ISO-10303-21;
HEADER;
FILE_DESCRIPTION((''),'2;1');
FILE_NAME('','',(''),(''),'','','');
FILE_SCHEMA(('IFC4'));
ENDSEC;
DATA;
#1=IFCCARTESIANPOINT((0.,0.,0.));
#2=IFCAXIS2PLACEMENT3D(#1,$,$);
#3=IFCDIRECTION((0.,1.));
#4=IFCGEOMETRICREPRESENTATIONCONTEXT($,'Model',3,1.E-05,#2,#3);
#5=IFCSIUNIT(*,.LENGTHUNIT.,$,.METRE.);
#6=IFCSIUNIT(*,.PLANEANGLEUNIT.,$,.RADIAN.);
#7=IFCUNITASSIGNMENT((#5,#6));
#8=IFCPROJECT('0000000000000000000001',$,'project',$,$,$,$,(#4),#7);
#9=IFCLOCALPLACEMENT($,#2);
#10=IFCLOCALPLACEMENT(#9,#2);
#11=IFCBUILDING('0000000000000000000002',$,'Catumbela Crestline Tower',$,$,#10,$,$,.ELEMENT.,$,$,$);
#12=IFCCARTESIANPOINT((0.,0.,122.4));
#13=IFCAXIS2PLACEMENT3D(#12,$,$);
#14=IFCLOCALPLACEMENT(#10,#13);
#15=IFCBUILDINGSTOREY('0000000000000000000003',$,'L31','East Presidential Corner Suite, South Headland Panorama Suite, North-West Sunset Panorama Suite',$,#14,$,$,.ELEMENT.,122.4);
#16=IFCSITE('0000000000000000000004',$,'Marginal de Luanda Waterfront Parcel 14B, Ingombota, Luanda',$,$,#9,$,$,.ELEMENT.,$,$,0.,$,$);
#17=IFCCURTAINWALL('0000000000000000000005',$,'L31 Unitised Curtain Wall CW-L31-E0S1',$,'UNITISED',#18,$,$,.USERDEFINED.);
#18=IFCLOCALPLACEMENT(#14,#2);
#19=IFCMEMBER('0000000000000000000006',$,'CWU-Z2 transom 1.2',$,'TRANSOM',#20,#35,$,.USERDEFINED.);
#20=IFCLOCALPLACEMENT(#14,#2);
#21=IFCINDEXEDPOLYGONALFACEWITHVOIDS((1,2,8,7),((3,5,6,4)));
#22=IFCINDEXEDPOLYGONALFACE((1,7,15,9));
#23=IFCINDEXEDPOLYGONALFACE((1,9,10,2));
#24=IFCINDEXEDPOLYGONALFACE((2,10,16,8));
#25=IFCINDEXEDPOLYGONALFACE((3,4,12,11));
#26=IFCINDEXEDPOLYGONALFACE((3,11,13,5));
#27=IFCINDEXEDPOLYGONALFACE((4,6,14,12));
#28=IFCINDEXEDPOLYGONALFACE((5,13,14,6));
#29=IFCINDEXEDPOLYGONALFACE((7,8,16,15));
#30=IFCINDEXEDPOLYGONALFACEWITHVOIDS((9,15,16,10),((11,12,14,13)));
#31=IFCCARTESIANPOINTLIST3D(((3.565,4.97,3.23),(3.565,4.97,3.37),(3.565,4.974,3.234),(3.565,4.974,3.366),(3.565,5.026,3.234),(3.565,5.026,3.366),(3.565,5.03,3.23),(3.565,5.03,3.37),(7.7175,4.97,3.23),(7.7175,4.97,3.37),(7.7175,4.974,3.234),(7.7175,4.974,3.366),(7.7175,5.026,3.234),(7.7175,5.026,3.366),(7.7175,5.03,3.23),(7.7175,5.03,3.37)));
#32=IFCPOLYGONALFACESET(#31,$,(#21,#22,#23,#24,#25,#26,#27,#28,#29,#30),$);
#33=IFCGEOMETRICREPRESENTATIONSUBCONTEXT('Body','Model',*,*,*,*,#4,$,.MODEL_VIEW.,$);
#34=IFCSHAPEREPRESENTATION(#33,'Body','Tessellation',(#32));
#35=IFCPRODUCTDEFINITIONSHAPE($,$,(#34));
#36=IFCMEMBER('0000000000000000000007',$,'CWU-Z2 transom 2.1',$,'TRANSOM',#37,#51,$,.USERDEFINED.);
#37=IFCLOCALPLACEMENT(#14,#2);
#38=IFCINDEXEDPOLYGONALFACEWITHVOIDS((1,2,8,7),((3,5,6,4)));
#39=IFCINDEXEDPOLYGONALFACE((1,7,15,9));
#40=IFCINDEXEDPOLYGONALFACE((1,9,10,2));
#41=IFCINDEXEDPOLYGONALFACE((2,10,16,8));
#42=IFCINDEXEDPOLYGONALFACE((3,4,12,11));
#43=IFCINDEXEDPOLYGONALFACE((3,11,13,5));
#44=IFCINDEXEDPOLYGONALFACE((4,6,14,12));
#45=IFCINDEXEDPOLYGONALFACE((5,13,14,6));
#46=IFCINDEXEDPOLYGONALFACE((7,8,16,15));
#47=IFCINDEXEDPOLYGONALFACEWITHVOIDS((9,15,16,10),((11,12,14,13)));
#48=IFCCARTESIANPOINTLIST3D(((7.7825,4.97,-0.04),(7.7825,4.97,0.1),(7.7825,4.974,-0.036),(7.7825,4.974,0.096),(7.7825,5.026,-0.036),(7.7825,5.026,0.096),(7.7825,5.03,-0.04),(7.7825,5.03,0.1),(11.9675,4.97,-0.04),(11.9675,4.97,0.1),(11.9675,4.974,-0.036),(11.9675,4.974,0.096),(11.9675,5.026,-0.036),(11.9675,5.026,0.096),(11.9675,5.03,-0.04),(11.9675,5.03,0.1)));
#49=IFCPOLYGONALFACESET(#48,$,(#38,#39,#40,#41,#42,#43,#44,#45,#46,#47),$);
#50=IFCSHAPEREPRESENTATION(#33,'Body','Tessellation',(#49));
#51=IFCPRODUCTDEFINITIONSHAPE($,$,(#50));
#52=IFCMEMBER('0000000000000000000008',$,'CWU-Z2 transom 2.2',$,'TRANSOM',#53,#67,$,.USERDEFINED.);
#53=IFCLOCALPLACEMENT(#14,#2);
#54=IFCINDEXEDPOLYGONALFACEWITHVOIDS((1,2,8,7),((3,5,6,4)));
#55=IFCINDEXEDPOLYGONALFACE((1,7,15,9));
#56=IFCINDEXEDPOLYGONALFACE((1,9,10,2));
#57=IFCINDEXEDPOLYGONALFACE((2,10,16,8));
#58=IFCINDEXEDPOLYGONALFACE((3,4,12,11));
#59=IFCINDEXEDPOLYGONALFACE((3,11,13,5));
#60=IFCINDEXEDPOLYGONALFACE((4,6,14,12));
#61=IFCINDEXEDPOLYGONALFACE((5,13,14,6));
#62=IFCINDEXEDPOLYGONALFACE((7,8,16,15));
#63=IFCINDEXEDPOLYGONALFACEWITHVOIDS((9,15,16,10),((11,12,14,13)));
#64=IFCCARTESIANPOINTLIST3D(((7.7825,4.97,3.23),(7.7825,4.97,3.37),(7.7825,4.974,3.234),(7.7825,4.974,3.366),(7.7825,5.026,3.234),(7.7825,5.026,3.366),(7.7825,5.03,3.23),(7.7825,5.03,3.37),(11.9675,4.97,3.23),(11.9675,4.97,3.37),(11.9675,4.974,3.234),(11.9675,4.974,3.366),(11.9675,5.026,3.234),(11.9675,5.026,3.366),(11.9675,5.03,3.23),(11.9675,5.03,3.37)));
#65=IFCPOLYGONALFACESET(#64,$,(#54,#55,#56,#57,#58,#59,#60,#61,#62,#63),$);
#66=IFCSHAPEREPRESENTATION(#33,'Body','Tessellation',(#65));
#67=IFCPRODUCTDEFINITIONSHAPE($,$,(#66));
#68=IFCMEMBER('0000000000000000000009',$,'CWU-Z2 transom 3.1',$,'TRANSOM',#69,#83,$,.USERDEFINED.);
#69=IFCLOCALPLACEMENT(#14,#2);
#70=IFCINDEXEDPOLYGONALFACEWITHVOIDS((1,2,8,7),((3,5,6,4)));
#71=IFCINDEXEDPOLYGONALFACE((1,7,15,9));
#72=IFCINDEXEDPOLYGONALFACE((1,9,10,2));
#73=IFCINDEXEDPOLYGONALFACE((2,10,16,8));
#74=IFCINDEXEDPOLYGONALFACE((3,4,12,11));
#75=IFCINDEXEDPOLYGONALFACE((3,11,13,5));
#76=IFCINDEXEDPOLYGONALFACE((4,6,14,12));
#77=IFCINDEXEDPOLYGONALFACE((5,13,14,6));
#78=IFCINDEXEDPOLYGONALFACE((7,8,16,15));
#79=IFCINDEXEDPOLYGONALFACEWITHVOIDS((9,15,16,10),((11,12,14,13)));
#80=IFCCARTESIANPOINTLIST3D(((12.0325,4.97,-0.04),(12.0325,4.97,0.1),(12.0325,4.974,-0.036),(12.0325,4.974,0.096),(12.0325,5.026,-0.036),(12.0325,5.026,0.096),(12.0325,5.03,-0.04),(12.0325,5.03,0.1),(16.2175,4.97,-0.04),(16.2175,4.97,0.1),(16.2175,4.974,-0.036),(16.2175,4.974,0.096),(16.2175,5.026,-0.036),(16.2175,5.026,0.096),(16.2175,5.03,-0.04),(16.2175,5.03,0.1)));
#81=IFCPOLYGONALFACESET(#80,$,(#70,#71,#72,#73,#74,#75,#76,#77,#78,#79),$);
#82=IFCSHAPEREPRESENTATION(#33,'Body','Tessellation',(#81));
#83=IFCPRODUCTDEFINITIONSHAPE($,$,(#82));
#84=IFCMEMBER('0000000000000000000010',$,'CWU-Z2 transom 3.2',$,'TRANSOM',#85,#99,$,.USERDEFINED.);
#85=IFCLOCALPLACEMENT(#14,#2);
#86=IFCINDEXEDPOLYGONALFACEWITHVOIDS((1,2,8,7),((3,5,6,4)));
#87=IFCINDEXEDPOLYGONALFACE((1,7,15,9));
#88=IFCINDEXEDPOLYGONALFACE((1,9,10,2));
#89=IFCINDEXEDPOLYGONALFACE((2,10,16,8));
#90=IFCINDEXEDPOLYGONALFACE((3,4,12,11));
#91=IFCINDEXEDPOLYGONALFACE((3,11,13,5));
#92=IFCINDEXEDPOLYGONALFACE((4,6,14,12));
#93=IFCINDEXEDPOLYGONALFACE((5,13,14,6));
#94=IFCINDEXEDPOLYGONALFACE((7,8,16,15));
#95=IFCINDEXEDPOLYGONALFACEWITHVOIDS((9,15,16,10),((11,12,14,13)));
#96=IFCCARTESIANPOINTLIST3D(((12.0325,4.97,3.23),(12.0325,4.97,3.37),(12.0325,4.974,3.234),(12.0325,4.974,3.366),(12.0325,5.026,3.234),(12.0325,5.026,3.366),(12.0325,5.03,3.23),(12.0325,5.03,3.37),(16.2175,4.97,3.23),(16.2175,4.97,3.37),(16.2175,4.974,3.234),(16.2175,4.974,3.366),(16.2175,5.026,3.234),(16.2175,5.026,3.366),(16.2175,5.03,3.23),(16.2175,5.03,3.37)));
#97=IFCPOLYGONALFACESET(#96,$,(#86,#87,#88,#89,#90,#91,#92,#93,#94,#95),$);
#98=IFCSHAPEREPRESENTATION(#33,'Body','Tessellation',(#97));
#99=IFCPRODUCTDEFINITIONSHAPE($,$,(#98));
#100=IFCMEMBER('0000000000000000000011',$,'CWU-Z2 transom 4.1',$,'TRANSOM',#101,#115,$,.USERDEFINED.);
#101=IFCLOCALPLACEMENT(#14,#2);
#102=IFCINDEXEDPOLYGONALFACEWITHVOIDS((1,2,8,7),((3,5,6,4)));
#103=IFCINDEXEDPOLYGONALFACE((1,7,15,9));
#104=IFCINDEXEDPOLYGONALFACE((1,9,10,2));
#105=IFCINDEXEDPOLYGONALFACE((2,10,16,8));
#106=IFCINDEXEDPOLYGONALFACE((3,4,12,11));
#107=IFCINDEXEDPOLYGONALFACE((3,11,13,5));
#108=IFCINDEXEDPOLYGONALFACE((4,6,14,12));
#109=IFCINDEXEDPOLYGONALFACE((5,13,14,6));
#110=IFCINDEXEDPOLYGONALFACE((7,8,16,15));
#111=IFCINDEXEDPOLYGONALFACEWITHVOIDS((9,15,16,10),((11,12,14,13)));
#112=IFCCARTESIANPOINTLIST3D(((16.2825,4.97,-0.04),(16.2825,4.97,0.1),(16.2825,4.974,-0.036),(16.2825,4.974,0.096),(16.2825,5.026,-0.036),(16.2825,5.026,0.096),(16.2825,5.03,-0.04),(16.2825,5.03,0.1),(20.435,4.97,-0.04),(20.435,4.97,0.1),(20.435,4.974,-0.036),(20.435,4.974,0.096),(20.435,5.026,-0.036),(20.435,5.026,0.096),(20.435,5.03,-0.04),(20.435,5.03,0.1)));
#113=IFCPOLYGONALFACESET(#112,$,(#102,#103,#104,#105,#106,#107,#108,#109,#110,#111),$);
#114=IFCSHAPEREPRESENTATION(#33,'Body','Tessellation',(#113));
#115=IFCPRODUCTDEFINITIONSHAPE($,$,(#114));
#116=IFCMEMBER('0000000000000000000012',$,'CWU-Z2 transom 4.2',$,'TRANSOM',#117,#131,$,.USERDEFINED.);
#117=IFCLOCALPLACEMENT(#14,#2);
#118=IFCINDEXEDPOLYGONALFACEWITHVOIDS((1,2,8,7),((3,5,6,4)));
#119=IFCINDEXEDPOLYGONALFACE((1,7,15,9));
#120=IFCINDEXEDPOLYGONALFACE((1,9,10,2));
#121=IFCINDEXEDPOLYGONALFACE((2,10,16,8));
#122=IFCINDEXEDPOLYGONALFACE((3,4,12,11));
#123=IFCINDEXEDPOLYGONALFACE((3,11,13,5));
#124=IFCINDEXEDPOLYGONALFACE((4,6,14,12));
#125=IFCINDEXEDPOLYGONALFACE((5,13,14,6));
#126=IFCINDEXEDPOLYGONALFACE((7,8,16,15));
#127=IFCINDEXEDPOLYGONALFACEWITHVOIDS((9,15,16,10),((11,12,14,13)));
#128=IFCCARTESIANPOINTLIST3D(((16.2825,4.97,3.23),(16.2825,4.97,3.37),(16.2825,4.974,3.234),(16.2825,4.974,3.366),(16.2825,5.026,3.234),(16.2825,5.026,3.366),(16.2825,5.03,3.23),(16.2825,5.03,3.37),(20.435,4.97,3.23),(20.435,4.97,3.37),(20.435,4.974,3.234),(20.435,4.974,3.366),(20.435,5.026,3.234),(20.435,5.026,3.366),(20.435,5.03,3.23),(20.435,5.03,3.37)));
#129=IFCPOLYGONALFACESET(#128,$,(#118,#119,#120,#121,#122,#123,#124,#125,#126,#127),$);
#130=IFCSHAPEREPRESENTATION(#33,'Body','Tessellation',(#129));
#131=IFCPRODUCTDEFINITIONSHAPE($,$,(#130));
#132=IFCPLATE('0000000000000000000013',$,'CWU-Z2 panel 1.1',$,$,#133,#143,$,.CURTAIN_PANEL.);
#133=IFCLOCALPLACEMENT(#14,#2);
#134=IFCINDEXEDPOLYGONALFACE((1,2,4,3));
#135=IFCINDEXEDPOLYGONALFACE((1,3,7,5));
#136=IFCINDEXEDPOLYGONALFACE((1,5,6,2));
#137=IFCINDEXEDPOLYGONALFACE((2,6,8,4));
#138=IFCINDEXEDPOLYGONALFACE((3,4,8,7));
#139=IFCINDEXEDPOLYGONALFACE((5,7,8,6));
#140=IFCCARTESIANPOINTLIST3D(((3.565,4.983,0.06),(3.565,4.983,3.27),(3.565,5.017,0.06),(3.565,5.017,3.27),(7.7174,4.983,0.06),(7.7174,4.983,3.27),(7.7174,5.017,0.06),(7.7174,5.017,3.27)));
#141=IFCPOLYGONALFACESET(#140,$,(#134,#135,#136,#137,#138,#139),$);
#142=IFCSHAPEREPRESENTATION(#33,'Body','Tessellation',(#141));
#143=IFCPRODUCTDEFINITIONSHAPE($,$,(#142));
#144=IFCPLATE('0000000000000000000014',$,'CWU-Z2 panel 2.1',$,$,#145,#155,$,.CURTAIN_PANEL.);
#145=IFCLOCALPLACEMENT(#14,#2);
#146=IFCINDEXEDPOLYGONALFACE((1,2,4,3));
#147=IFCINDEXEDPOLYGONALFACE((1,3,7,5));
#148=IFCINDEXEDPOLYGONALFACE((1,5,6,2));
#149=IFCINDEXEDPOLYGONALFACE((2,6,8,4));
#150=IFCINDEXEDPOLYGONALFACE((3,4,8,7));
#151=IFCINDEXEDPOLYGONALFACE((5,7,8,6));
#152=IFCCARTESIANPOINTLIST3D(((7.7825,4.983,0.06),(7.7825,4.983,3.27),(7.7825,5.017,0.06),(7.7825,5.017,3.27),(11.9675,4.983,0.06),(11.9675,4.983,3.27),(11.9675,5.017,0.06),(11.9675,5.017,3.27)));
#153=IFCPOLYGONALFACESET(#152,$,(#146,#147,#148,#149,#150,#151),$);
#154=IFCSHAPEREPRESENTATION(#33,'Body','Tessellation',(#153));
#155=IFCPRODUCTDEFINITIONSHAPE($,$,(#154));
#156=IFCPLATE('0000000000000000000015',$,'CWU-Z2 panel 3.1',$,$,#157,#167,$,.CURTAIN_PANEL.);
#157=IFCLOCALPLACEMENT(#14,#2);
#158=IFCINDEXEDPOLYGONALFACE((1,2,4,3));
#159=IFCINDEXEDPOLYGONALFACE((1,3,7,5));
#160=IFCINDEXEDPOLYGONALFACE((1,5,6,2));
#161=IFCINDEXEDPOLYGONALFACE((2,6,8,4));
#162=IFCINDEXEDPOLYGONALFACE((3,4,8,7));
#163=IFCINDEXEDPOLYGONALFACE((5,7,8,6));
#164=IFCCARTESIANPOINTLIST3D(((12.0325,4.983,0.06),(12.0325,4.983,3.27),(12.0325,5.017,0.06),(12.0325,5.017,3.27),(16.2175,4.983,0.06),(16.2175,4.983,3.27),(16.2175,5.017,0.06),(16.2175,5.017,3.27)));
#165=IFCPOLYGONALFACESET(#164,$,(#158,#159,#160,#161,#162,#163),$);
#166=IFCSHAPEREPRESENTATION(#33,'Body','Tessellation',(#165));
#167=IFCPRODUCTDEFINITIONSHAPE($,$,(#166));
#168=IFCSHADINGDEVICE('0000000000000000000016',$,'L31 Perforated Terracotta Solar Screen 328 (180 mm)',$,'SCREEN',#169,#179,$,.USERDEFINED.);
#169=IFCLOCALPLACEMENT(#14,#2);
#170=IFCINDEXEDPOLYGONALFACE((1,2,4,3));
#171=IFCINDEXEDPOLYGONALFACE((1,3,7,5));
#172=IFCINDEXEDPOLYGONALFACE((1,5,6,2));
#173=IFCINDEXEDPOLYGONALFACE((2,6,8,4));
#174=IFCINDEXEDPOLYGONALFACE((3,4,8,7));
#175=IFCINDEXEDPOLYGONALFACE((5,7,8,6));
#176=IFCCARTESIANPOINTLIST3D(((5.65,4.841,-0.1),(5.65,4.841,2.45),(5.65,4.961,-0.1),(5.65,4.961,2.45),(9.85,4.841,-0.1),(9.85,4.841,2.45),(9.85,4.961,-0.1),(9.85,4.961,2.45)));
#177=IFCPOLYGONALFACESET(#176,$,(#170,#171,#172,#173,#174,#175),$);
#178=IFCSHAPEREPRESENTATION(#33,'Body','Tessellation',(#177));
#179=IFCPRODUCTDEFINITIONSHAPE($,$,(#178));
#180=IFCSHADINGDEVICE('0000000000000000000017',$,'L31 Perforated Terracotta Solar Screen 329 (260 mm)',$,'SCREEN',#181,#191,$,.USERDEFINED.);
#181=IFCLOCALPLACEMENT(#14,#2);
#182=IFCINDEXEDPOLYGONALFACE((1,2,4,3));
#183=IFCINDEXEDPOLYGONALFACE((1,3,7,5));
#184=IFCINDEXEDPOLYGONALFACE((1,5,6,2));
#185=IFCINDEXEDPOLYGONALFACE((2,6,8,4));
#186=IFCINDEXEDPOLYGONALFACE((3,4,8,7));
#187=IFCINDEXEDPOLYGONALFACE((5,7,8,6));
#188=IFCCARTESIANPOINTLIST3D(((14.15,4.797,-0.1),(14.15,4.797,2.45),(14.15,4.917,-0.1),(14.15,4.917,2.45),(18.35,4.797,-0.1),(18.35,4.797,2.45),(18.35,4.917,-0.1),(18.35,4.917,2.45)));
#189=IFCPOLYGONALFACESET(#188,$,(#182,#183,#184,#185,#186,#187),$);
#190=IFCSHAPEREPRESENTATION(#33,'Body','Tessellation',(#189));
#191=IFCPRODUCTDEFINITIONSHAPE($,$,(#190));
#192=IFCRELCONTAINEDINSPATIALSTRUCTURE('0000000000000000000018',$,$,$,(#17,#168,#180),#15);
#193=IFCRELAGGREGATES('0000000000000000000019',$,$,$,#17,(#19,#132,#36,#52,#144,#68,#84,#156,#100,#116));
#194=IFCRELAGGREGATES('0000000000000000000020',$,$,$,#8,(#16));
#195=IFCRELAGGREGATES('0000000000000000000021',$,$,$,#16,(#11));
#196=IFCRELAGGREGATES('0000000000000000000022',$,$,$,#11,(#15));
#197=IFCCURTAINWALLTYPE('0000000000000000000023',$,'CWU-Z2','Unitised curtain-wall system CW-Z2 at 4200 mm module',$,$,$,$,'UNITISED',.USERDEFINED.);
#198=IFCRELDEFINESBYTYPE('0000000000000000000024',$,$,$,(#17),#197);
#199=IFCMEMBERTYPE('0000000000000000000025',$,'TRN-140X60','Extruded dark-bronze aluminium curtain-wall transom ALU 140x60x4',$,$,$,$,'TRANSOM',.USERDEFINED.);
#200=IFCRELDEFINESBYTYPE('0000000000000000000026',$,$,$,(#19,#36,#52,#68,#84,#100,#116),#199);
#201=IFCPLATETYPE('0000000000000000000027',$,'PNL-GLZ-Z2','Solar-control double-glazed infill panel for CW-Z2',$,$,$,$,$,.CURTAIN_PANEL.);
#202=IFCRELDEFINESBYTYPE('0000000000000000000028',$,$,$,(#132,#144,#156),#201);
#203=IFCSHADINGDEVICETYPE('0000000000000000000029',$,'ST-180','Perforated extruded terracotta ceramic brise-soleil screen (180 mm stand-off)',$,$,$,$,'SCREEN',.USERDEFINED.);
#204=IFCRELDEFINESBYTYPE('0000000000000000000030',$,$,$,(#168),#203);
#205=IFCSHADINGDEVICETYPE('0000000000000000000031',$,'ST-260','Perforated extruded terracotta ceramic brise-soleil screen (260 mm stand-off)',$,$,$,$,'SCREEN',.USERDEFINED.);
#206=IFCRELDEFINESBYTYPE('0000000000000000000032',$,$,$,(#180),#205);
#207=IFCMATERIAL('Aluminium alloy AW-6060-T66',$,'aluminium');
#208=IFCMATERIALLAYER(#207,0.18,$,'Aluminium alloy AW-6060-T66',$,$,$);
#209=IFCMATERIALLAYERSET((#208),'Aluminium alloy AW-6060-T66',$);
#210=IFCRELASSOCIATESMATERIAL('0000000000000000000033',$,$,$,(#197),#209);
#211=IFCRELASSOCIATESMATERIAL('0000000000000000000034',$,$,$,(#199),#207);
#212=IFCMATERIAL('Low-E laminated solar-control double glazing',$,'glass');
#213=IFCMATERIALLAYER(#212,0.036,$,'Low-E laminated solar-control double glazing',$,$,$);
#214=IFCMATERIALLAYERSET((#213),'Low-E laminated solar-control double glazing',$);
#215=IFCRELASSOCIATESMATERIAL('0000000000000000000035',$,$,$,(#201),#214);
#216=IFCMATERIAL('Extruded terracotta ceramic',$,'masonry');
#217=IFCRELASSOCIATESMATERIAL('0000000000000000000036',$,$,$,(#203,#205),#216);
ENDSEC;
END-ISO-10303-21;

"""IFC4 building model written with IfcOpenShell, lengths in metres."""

from ifc_helpers import new_model, si_unit, direction, frame, origin, origin_2d, place, context, subcontext, project, spatial, rectangle, hollow_rectangle, extrude, material, layer, layer_set, material_profile, profile_set, type_object, element, aggregate, save


model = new_model("IFC4")

# Units and contexts
model_context = context("Model", 3, precision=1e-05, world=origin(), true_north=direction((0.0, 1.0)))
body_context = subcontext(model_context, "Body", "Model", "MODEL_VIEW")
ifc_project = project(units=[si_unit("LENGTHUNIT", "METRE"), si_unit("PLANEANGLEUNIT", "RADIAN")], contexts=[model_context])

# Site, building, storey
site_placement = place(None, origin())
site = spatial("IfcSite", under=ifc_project, at=site_placement, Name="Marginal de Luanda Waterfront Parcel 14B, Ingombota, Luanda", CompositionType="ELEMENT", RefElevation=0.0)
building_placement = place(site_placement, origin())
building = spatial("IfcBuilding", under=site, at=building_placement, Name="Catumbela Crestline Tower", CompositionType="ELEMENT")
storey_placement = place(building_placement, frame((0.0, 0.0, 122.4)))
storey = spatial("IfcBuildingStorey", under=building, at=storey_placement, Name="L31", Description="East Presidential Corner Suite, South Headland Panorama Suite, North-West Sunset Panorama Suite", CompositionType="ELEMENT", Elevation=122.4)

# Curtain wall, members, plates
ifc_material_1 = material(Name="Aluminium alloy AW-6060-T66", Category="aluminium")
ifc_layer_1 = layer(ifc_material_1, 0.18, Name="Aluminium alloy AW-6060-T66")
ifc_layer_set_1 = layer_set([ifc_layer_1], Name="Aluminium alloy AW-6060-T66")
curtain_wall_type = type_object("IfcCurtainWallType", Name="CWU-Z2", Description="Unitised curtain-wall system CW-Z2 at 4200 mm module", ElementType="UNITISED", PredefinedType="USERDEFINED", material=ifc_layer_set_1)
curtain_wall_placement = place(storey_placement, origin())
curtain_wall = element("IfcCurtainWall", 1, at=curtain_wall_placement, inside=storey, type_object=curtain_wall_type, Name="L31 Unitised Curtain Wall CW-L31-E0S1", ObjectType="UNITISED", PredefinedType="USERDEFINED")
ifc_material_profile_1 = material_profile(ifc_material_1, hollow_rectangle(XDim=0.06, YDim=0.14, WallThickness=0.004, at=origin_2d()), Name="ALU 140x60x4")
ifc_profile_set_1 = profile_set([ifc_material_profile_1], Name="Aluminium alloy AW-6060-T66")
member_type_1 = type_object("IfcMemberType", Name="TRN-140X60", Description="Extruded dark-bronze aluminium curtain-wall transom ALU 140x60x4", ElementType="TRANSOM", PredefinedType="USERDEFINED", material=ifc_profile_set_1)
member_1_placement = place(storey_placement, frame((3.565, 5.0, 3.3), z_axis=(1.0, 0.0, 0.0), x_axis=(0.0, 1.0, 0.0)))
member_1 = element("IfcMember", 2, at=member_1_placement, type_object=member_type_1, Name="CWU-Z2 transom 1.2", ObjectType="TRANSOM", PredefinedType="USERDEFINED", context=body_context, shape_type="SweptSolid", body=[
    extrude(hollow_rectangle(XDim=0.06, YDim=0.14, WallThickness=0.004, at=origin_2d()), origin(), (0.0, 0.0, 1.0), 4.1525),
])
member_2_placement = place(storey_placement, frame((7.7825, 5.0, 0.03), z_axis=(1.0, 0.0, 0.0), x_axis=(0.0, 1.0, 0.0)))
member_2 = element("IfcMember", 3, at=member_2_placement, type_object=member_type_1, Name="CWU-Z2 transom 2.1", ObjectType="TRANSOM", PredefinedType="USERDEFINED", context=body_context, shape_type="SweptSolid", body=[
    extrude(hollow_rectangle(XDim=0.06, YDim=0.14, WallThickness=0.004, at=origin_2d()), origin(), (0.0, 0.0, 1.0), 4.185),
])
member_3_placement = place(storey_placement, frame((7.7825, 5.0, 3.3), z_axis=(1.0, 0.0, 0.0), x_axis=(0.0, 1.0, 0.0)))
member_3 = element("IfcMember", 4, at=member_3_placement, type_object=member_type_1, Name="CWU-Z2 transom 2.2", ObjectType="TRANSOM", PredefinedType="USERDEFINED", context=body_context, shape_type="SweptSolid", body=[
    extrude(hollow_rectangle(XDim=0.06, YDim=0.14, WallThickness=0.004, at=origin_2d()), origin(), (0.0, 0.0, 1.0), 4.185),
])
member_4_placement = place(storey_placement, frame((12.0325, 5.0, 0.03), z_axis=(1.0, 0.0, 0.0), x_axis=(0.0, 1.0, 0.0)))
member_4 = element("IfcMember", 5, at=member_4_placement, type_object=member_type_1, Name="CWU-Z2 transom 3.1", ObjectType="TRANSOM", PredefinedType="USERDEFINED", context=body_context, shape_type="SweptSolid", body=[
    extrude(hollow_rectangle(XDim=0.06, YDim=0.14, WallThickness=0.004, at=origin_2d()), origin(), (0.0, 0.0, 1.0), 4.185),
])
member_5_placement = place(storey_placement, frame((12.0325, 5.0, 3.3), z_axis=(1.0, 0.0, 0.0), x_axis=(0.0, 1.0, 0.0)))
member_5 = element("IfcMember", 6, at=member_5_placement, type_object=member_type_1, Name="CWU-Z2 transom 3.2", ObjectType="TRANSOM", PredefinedType="USERDEFINED", context=body_context, shape_type="SweptSolid", body=[
    extrude(hollow_rectangle(XDim=0.06, YDim=0.14, WallThickness=0.004, at=origin_2d()), origin(), (0.0, 0.0, 1.0), 4.185),
])
member_6_placement = place(storey_placement, frame((16.2825, 5.0, 0.03), z_axis=(1.0, 0.0, 0.0), x_axis=(0.0, 1.0, 0.0)))
member_6 = element("IfcMember", 7, at=member_6_placement, type_object=member_type_1, Name="CWU-Z2 transom 4.1", ObjectType="TRANSOM", PredefinedType="USERDEFINED", context=body_context, shape_type="SweptSolid", body=[
    extrude(hollow_rectangle(XDim=0.06, YDim=0.14, WallThickness=0.004, at=origin_2d()), origin(), (0.0, 0.0, 1.0), 4.1525),
])
member_7_placement = place(storey_placement, frame((16.2825, 5.0, 3.3), z_axis=(1.0, 0.0, 0.0), x_axis=(0.0, 1.0, 0.0)))
member_7 = element("IfcMember", 8, at=member_7_placement, type_object=member_type_1, Name="CWU-Z2 transom 4.2", ObjectType="TRANSOM", PredefinedType="USERDEFINED", context=body_context, shape_type="SweptSolid", body=[
    extrude(hollow_rectangle(XDim=0.06, YDim=0.14, WallThickness=0.004, at=origin_2d()), origin(), (0.0, 0.0, 1.0), 4.1525),
])
ifc_material_2 = material(Name="Low-E laminated solar-control double glazing", Category="glass")
ifc_layer_2 = layer(ifc_material_2, 0.036, Name="Low-E laminated solar-control double glazing")
ifc_layer_set_2 = layer_set([ifc_layer_2], Name="Low-E laminated solar-control double glazing")
plate_type = type_object("IfcPlateType", Name="PNL-GLZ-Z2", Description="Solar-control double-glazed infill panel for CW-Z2", PredefinedType="CURTAIN_PANEL", material=ifc_layer_set_2)
plate_1_placement = place(storey_placement, frame((5.6412, 5.0, 0.06), z_axis=(0.0, 0.0, 1.0), x_axis=(1.0, 0.0, 0.0)))
plate_1 = element("IfcPlate", 9, at=plate_1_placement, type_object=plate_type, Name="CWU-Z2 panel 1.1", PredefinedType="CURTAIN_PANEL", context=body_context, shape_type="SweptSolid", body=[
    extrude(rectangle(XDim=4.1525, YDim=0.034, at=origin_2d()), origin(), (0.0, 0.0, 1.0), 3.21),
])
plate_2_placement = place(storey_placement, frame((9.875, 5.0, 0.06), z_axis=(0.0, 0.0, 1.0), x_axis=(1.0, 0.0, 0.0)))
plate_2 = element("IfcPlate", 10, at=plate_2_placement, type_object=plate_type, Name="CWU-Z2 panel 2.1", PredefinedType="CURTAIN_PANEL", context=body_context, shape_type="SweptSolid", body=[
    extrude(rectangle(XDim=4.185, YDim=0.034, at=origin_2d()), origin(), (0.0, 0.0, 1.0), 3.21),
])
plate_3_placement = place(storey_placement, frame((14.125, 5.0, 0.06), z_axis=(0.0, 0.0, 1.0), x_axis=(1.0, 0.0, 0.0)))
plate_3 = element("IfcPlate", 11, at=plate_3_placement, type_object=plate_type, Name="CWU-Z2 panel 3.1", PredefinedType="CURTAIN_PANEL", context=body_context, shape_type="SweptSolid", body=[
    extrude(rectangle(XDim=4.185, YDim=0.034, at=origin_2d()), origin(), (0.0, 0.0, 1.0), 3.21),
])
aggregate(curtain_wall, [member_1, plate_1, member_2, member_3, plate_2, member_4, member_5, plate_3, member_6, member_7])

# Shading devices
ifc_material_3 = material(Name="Extruded terracotta ceramic", Category="masonry")
shading_device_type_1 = type_object("IfcShadingDeviceType", Name="ST-180", Description="Perforated extruded terracotta ceramic brise-soleil screen (180 mm stand-off)", ElementType="SCREEN", PredefinedType="USERDEFINED", material=ifc_material_3)
shading_device_1_placement = place(storey_placement, frame((7.75, 4.901, -0.1), z_axis=(0.0, 0.0, 1.0), x_axis=(1.0, 0.0, 0.0)))
element("IfcShadingDevice", 12, at=shading_device_1_placement, inside=storey, type_object=shading_device_type_1, Name="L31 Perforated Terracotta Solar Screen 328 (180 mm)", ObjectType="SCREEN", PredefinedType="USERDEFINED", context=body_context, shape_type="SweptSolid", body=[
    extrude(rectangle(XDim=4.2, YDim=0.12, at=origin_2d()), origin(), (0.0, 0.0, 1.0), 2.55),
])
shading_device_type_2 = type_object("IfcShadingDeviceType", Name="ST-260", Description="Perforated extruded terracotta ceramic brise-soleil screen (260 mm stand-off)", ElementType="SCREEN", PredefinedType="USERDEFINED", material=ifc_material_3)
shading_device_2_placement = place(storey_placement, frame((16.25, 4.857, -0.1), z_axis=(0.0, 0.0, 1.0), x_axis=(1.0, 0.0, 0.0)))
element("IfcShadingDevice", 13, at=shading_device_2_placement, inside=storey, type_object=shading_device_type_2, Name="L31 Perforated Terracotta Solar Screen 329 (260 mm)", ObjectType="SCREEN", PredefinedType="USERDEFINED", context=body_context, shape_type="SweptSolid", body=[
    extrude(rectangle(XDim=4.2, YDim=0.12, at=origin_2d()), origin(), (0.0, 0.0, 1.0), 2.55),
])

save(model, "model.ifc")
